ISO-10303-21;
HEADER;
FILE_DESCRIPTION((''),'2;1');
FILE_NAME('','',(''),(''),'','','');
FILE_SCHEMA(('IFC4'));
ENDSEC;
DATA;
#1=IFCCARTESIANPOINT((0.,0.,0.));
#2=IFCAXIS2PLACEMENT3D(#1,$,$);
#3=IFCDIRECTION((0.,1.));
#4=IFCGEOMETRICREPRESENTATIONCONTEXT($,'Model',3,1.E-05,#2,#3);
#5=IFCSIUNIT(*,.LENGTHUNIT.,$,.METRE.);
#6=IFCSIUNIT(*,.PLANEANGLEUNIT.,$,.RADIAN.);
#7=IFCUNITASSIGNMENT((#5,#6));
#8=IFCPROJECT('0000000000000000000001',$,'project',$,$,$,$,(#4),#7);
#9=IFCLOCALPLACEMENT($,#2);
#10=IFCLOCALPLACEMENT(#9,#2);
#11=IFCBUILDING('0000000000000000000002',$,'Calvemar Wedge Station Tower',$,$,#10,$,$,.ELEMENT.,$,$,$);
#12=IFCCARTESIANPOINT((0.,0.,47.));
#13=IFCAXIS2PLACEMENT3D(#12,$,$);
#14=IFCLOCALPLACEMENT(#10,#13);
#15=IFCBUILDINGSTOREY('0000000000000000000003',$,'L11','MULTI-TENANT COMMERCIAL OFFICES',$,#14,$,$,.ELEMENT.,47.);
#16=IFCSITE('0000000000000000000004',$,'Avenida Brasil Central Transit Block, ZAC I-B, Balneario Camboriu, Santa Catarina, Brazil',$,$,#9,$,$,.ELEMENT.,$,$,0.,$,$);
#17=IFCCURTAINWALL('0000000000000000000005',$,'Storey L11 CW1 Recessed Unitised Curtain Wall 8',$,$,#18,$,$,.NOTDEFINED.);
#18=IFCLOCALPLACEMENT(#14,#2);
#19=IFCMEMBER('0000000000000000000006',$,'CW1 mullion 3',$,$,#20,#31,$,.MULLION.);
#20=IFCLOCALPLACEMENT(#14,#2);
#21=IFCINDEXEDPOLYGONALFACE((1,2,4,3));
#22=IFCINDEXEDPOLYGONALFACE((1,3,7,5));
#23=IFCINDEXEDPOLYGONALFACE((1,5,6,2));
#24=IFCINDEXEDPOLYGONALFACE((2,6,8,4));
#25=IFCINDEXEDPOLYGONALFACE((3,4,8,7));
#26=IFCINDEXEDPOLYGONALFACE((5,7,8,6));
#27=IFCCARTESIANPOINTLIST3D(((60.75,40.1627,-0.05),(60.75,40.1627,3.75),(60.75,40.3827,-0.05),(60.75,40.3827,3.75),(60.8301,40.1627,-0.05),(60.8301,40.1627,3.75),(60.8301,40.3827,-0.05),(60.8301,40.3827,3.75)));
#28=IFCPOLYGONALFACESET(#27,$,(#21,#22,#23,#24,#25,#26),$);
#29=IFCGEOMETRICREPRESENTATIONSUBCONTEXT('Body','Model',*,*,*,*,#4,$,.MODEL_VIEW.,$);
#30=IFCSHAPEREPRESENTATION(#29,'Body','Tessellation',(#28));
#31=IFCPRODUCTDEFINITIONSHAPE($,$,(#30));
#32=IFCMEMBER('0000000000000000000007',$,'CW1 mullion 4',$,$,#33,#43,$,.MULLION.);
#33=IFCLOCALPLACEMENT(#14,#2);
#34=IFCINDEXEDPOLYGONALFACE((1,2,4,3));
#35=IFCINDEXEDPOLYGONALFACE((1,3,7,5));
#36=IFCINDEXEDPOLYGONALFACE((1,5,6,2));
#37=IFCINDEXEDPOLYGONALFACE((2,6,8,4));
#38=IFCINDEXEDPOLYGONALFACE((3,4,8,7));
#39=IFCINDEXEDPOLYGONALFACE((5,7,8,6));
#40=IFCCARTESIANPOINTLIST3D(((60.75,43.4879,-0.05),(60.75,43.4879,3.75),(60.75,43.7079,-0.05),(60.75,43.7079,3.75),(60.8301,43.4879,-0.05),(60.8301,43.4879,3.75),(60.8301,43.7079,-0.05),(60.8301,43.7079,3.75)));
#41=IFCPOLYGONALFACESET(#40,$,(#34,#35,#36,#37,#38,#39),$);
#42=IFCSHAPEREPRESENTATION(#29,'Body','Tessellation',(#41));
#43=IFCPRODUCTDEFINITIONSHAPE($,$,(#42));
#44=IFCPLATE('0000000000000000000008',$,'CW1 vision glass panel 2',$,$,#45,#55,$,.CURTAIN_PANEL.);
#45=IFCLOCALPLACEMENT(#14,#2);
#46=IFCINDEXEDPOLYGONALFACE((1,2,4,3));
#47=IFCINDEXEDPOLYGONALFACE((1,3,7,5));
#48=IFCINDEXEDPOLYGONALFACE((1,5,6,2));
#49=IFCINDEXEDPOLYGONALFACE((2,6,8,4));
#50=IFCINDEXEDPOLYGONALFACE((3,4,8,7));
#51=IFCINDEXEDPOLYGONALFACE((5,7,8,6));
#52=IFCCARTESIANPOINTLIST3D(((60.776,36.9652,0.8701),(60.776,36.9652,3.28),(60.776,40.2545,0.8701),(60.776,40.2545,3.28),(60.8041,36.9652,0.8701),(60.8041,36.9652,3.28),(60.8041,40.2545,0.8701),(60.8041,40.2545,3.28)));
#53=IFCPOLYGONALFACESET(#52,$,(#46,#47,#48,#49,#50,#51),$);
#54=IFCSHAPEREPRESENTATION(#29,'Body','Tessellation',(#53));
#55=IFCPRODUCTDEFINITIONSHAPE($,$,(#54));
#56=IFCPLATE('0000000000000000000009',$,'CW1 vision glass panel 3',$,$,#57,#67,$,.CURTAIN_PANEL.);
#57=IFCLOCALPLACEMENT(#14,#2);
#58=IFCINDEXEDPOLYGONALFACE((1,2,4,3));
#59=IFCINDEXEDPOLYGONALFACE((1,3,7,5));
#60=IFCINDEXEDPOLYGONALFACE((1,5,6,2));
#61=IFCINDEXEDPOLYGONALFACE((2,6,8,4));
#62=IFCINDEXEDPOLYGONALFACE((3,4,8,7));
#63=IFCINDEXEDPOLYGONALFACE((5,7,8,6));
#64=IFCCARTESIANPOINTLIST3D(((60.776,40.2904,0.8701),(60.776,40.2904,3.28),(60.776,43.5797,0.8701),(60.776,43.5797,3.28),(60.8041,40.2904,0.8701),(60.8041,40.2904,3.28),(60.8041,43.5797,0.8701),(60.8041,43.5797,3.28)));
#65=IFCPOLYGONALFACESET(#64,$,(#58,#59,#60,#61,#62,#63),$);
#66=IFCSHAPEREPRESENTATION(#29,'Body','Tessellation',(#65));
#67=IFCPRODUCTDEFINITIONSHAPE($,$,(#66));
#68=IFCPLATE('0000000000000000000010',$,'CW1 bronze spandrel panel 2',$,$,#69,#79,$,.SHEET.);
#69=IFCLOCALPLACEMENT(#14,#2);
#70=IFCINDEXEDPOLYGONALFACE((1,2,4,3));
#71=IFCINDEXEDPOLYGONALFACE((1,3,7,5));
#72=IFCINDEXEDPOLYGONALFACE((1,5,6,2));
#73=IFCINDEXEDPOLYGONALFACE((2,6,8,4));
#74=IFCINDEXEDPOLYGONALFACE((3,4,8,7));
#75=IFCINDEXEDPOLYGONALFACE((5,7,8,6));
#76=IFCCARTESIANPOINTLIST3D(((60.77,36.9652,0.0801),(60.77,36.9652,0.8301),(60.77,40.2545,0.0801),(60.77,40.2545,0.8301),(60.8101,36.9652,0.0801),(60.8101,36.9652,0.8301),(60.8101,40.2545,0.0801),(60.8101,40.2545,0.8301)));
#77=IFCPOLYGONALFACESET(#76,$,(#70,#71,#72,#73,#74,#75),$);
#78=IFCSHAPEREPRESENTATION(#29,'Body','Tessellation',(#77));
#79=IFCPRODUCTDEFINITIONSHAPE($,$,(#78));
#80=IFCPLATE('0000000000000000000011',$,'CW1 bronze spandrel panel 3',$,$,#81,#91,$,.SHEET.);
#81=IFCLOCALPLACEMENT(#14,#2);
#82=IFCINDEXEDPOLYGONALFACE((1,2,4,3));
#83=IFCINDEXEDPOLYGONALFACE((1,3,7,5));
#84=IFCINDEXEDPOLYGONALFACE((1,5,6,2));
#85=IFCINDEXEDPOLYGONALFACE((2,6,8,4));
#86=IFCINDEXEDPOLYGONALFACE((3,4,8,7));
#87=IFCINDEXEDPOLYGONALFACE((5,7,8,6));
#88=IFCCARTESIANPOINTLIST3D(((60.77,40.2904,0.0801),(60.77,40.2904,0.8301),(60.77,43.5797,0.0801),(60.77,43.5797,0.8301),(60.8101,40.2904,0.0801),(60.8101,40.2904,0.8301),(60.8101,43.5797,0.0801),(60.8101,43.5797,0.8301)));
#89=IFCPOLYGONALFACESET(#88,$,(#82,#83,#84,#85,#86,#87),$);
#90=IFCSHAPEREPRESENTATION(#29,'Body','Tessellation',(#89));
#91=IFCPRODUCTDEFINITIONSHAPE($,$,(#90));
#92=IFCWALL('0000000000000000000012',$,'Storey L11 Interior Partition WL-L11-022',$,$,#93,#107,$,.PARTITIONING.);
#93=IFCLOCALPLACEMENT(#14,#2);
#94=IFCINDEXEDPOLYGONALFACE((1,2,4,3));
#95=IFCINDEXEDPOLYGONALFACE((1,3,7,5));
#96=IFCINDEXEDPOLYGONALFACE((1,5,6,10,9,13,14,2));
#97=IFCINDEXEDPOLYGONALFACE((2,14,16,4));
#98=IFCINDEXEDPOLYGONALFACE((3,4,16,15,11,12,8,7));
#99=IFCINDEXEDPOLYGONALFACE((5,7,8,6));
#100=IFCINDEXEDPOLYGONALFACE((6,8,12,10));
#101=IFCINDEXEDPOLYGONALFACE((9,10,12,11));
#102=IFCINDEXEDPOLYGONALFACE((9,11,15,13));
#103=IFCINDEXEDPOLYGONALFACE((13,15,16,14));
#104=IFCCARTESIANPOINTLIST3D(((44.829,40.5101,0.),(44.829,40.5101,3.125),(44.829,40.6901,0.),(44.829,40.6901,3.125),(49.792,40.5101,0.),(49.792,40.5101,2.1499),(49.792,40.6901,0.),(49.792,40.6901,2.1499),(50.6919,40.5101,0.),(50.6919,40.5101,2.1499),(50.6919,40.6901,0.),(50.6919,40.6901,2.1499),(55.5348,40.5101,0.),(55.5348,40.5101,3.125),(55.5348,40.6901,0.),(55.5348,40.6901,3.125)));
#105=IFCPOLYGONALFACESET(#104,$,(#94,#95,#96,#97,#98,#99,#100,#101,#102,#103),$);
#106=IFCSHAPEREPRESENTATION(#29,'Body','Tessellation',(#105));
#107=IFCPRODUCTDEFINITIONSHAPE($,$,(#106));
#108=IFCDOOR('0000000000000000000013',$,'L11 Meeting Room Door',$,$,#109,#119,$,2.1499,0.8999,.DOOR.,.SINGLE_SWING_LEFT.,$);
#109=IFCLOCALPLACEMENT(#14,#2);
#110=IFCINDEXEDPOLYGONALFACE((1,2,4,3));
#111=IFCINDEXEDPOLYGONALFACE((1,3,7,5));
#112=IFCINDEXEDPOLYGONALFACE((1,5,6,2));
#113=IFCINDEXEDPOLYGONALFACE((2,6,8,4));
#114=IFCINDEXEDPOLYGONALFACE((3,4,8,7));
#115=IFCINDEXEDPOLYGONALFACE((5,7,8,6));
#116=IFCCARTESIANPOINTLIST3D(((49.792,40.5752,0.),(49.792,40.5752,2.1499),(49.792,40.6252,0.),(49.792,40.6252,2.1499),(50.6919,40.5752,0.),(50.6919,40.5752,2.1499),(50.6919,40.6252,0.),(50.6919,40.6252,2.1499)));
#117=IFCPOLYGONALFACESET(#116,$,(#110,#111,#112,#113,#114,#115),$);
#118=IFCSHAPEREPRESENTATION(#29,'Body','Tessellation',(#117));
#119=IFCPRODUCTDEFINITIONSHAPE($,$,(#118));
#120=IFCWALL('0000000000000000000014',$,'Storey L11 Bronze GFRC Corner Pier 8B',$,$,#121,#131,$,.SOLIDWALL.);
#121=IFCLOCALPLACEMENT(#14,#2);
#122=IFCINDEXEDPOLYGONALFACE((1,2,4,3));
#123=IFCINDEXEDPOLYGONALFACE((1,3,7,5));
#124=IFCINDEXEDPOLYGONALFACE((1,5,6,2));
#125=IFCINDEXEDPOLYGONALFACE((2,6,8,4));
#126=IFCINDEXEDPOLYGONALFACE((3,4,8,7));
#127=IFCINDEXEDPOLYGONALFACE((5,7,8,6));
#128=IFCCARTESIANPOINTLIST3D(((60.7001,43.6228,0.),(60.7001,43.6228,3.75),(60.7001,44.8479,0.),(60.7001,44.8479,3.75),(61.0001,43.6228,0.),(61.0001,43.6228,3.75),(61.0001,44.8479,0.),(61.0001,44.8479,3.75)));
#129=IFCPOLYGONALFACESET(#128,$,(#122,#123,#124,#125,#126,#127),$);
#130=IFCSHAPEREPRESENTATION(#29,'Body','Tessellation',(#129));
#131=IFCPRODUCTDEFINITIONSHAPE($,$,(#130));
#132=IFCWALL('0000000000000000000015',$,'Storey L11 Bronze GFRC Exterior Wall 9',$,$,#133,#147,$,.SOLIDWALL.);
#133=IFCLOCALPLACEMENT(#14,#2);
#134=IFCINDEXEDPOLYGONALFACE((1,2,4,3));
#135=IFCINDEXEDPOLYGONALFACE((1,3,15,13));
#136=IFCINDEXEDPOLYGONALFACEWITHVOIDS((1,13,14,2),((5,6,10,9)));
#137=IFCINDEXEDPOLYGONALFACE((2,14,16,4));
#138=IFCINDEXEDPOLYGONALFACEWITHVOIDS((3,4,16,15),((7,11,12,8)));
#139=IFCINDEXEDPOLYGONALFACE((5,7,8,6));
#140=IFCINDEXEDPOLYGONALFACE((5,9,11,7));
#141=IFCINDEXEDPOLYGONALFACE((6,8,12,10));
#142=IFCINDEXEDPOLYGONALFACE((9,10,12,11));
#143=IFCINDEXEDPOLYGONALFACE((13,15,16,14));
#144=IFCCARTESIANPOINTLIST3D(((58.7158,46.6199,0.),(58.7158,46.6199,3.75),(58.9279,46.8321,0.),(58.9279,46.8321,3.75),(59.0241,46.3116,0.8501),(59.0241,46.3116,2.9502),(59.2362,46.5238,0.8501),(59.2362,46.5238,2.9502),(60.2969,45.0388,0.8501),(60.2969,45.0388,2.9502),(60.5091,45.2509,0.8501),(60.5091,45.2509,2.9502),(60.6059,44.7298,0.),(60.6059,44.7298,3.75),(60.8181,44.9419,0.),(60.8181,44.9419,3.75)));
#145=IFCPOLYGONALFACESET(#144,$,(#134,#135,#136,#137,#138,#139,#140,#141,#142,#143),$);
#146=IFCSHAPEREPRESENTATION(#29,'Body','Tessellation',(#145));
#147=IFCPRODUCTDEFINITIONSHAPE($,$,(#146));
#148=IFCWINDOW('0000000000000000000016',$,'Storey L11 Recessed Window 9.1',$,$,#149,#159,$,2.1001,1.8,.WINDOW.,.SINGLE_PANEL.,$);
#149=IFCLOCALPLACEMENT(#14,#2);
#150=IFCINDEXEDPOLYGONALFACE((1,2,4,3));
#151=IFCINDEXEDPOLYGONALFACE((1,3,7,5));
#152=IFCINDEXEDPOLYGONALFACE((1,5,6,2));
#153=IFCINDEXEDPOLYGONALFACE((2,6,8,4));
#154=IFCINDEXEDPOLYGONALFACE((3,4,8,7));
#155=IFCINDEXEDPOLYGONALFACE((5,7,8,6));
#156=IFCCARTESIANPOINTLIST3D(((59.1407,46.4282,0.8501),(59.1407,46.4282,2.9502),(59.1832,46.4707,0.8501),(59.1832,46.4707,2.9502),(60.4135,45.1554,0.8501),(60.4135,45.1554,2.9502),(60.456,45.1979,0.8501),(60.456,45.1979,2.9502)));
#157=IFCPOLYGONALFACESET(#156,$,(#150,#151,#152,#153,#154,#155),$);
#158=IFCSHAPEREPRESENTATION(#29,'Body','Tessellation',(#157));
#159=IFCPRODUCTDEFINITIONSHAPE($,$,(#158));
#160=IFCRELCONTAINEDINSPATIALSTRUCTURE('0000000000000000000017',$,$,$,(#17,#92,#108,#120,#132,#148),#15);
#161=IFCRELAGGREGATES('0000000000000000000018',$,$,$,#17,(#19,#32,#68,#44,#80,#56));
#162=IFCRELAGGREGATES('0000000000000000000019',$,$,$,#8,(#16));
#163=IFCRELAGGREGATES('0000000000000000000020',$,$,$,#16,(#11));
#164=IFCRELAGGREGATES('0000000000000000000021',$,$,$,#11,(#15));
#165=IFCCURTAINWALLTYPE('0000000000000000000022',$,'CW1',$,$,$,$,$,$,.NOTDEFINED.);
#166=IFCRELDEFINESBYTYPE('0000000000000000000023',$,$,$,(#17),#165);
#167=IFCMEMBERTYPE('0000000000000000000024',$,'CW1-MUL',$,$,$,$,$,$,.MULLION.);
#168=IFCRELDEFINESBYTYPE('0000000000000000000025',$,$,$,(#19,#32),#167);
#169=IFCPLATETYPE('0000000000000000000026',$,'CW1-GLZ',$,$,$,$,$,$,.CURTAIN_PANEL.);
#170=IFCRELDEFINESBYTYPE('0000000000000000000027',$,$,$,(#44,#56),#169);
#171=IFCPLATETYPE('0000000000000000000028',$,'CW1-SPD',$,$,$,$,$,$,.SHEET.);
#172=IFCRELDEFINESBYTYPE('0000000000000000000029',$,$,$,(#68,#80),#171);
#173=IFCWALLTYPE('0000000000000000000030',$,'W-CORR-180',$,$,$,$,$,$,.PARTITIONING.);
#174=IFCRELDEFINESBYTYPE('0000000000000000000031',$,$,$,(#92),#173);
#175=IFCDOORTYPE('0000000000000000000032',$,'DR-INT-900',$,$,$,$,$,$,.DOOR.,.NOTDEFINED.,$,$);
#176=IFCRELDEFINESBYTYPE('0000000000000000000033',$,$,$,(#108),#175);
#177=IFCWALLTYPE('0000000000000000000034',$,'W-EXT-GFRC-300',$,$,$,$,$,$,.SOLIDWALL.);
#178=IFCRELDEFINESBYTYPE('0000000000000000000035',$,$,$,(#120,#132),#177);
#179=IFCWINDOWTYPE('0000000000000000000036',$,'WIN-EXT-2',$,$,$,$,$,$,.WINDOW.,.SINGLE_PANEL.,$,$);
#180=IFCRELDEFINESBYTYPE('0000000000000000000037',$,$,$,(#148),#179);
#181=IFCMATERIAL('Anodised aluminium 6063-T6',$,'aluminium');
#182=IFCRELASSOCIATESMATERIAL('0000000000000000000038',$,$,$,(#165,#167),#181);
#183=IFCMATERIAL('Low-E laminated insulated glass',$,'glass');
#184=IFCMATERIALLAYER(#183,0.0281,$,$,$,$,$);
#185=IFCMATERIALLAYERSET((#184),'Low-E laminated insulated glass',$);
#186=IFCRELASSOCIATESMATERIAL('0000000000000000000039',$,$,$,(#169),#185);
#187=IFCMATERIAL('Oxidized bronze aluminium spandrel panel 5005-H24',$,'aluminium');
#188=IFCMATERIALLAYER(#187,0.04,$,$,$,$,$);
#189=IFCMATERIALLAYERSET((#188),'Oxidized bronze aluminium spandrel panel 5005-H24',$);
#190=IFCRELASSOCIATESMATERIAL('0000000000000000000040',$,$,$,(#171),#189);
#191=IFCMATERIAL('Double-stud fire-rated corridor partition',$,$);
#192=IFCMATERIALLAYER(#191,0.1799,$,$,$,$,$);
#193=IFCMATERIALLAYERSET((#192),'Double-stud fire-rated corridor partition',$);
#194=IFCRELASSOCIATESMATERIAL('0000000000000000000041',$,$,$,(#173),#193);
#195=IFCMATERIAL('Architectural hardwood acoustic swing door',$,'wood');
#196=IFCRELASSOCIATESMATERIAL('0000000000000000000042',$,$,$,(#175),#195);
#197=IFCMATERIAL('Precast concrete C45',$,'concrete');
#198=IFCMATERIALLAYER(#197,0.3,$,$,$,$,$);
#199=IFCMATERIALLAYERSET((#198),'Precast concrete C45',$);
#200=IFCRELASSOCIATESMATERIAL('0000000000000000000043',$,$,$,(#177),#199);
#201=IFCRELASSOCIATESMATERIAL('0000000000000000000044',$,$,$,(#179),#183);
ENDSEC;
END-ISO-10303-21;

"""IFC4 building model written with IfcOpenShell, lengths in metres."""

from ifc_helpers import new_model, si_unit, direction, frame, frame_2d, origin, origin_2d, place, context, subcontext, project, spatial, rectangle, extrude, source, transform, mapped, material, layer, layer_set, material_profile, profile_set, type_object, element, fill, aggregate, save


model = new_model("IFC4")

# Units and contexts
model_context = context("Model", 3, precision=1e-05, world=origin(), true_north=direction((0.0, 1.0)))
body_context = subcontext(model_context, "Body", "Model", "MODEL_VIEW")
ifc_project = project(units=[si_unit("LENGTHUNIT", "METRE"), si_unit("PLANEANGLEUNIT", "RADIAN")], contexts=[model_context])

# Site, building, storey
site_placement = place(None, origin())
site = spatial("IfcSite", under=ifc_project, at=site_placement, Name="Avenida Brasil Central Transit Block, ZAC I-B, Balneario Camboriu, Santa Catarina, Brazil", CompositionType="ELEMENT", RefElevation=0.0)
building_placement = place(site_placement, origin())
building = spatial("IfcBuilding", under=site, at=building_placement, Name="Calvemar Wedge Station Tower", CompositionType="ELEMENT")
storey_placement = place(building_placement, frame((0.0, 0.0, 47.0)))
storey = spatial("IfcBuildingStorey", under=building, at=storey_placement, Name="L11", Description="MULTI-TENANT COMMERCIAL OFFICES", CompositionType="ELEMENT", Elevation=47.0)

# Curtain wall, members, plates
ifc_material_1 = material(Name="Anodised aluminium 6063-T6", Category="aluminium")
curtain_wall_type = type_object("IfcCurtainWallType", Name="CW1", PredefinedType="NOTDEFINED", material=ifc_material_1)
curtain_wall_placement = place(storey_placement, origin())
curtain_wall = element("IfcCurtainWall", 1, at=curtain_wall_placement, inside=storey, type_object=curtain_wall_type, Name="Storey L11 CW1 Recessed Unitised Curtain Wall 8", PredefinedType="NOTDEFINED")
ifc_material_profile = material_profile(ifc_material_1, rectangle(XDim=0.0801, YDim=0.22, at=origin_2d()), Name="AL-MUL-80x220")
ifc_profile_set = profile_set([ifc_material_profile], Name="Anodised aluminium 6063-T6")
member_type = type_object("IfcMemberType", Name="CW1-MUL", PredefinedType="MULLION", material=ifc_profile_set)
shared_shape_1 = source(origin(), body_context, "Body", "SweptSolid", [
    extrude(rectangle(XDim=0.0801, YDim=0.22, at=origin_2d()), origin(), (0.0, 0.0, 1.0), 3.8),
])
member_1_placement = place(storey_placement, frame((60.79, 40.2727, -0.05), z_axis=(0.0, 0.0, 1.0), x_axis=(1.0, 0.0, 0.0)))
member_1 = element("IfcMember", 2, at=member_1_placement, type_object=member_type, Name="CW1 mullion 3", PredefinedType="MULLION", context=body_context, shape_type="MappedRepresentation", body=[
    mapped(shared_shape_1, transform((0.0, 0.0, 0.0), scale=1.0)),
])
member_2_placement = place(storey_placement, frame((60.79, 43.5979, -0.05), z_axis=(0.0, 0.0, 1.0), x_axis=(1.0, 0.0, 0.0)))
member_2 = element("IfcMember", 3, at=member_2_placement, type_object=member_type, Name="CW1 mullion 4", PredefinedType="MULLION", context=body_context, shape_type="MappedRepresentation", body=[
    mapped(shared_shape_1, transform((0.0, 0.0, 0.0), scale=1.0)),
])
ifc_material_2 = material(Name="Low-E laminated insulated glass", Category="glass")
ifc_layer_1 = layer(ifc_material_2, 0.0281)
ifc_layer_set_1 = layer_set([ifc_layer_1], Name="Low-E laminated insulated glass")
plate_type_1 = type_object("IfcPlateType", Name="CW1-GLZ", PredefinedType="CURTAIN_PANEL", material=ifc_layer_set_1)
plate_1_placement = place(storey_placement, frame((60.79, 36.9653, 0.8701), z_axis=(0.0, 0.0, 1.0), x_axis=(0.0, 1.0, 0.0)))
plate_1 = element("IfcPlate", 4, at=plate_1_placement, type_object=plate_type_1, Name="CW1 vision glass panel 2", PredefinedType="CURTAIN_PANEL", context=body_context, shape_type="SweptSolid", body=[
    extrude(rectangle(XDim=3.2893, YDim=0.0281, at=frame_2d((1.6445, 0.0))), origin(), (0.0, 0.0, 1.0), 2.4099),
])
plate_2_placement = place(storey_placement, frame((60.79, 40.2905, 0.8701), z_axis=(0.0, 0.0, 1.0), x_axis=(0.0, 1.0, 0.0)))
plate_2 = element("IfcPlate", 5, at=plate_2_placement, type_object=plate_type_1, Name="CW1 vision glass panel 3", PredefinedType="CURTAIN_PANEL", context=body_context, shape_type="SweptSolid", body=[
    extrude(rectangle(XDim=3.2893, YDim=0.0281, at=frame_2d((1.6445, 0.0))), origin(), (0.0, 0.0, 1.0), 2.4099),
])
ifc_material_3 = material(Name="Oxidized bronze aluminium spandrel panel 5005-H24", Category="aluminium")
ifc_layer_2 = layer(ifc_material_3, 0.04)
ifc_layer_set_2 = layer_set([ifc_layer_2], Name="Oxidized bronze aluminium spandrel panel 5005-H24")
plate_type_2 = type_object("IfcPlateType", Name="CW1-SPD", PredefinedType="SHEET", material=ifc_layer_set_2)
plate_3_placement = place(storey_placement, frame((60.79, 36.9653, 0.0801), z_axis=(0.0, 0.0, 1.0), x_axis=(0.0, 1.0, 0.0)))
plate_3 = element("IfcPlate", 6, at=plate_3_placement, type_object=plate_type_2, Name="CW1 bronze spandrel panel 2", PredefinedType="SHEET", context=body_context, shape_type="SweptSolid", body=[
    extrude(rectangle(XDim=3.2893, YDim=0.04, at=frame_2d((1.6445, 0.0))), origin(), (0.0, 0.0, 1.0), 0.75),
])
plate_4_placement = place(storey_placement, frame((60.79, 40.2905, 0.0801), z_axis=(0.0, 0.0, 1.0), x_axis=(0.0, 1.0, 0.0)))
plate_4 = element("IfcPlate", 7, at=plate_4_placement, type_object=plate_type_2, Name="CW1 bronze spandrel panel 3", PredefinedType="SHEET", context=body_context, shape_type="SweptSolid", body=[
    extrude(rectangle(XDim=3.2893, YDim=0.04, at=frame_2d((1.6445, 0.0))), origin(), (0.0, 0.0, 1.0), 0.75),
])
aggregate(curtain_wall, [member_1, member_2, plate_3, plate_1, plate_4, plate_2])

# Wall, opening, door
ifc_material_4 = material(Name="Double-stud fire-rated corridor partition")
ifc_layer_3 = layer(ifc_material_4, 0.1799)
ifc_layer_set_3 = layer_set([ifc_layer_3], Name="Double-stud fire-rated corridor partition")
wall_type_1 = type_object("IfcWallType", Name="W-CORR-180", PredefinedType="PARTITIONING", material=ifc_layer_set_3)
wall_1_placement = place(storey_placement, frame((55.5349, 40.6001, 0.0), z_axis=(0.0, 0.0, 1.0), x_axis=(-1.0, 0.0, 0.0)))
wall_1 = element("IfcWall", 8, at=wall_1_placement, inside=storey, type_object=wall_type_1, Name="Storey L11 Interior Partition WL-L11-022", PredefinedType="PARTITIONING", context=body_context, shape_type="SweptSolid", body=[
    extrude(rectangle(XDim=10.7058, YDim=0.1799, at=frame_2d((5.353, 0.0))), origin(), (0.0, 0.0, 1.0), 3.125),
])
shared_shape_2 = source(origin(), body_context, "Body", "SweptSolid", [
    extrude(rectangle(XDim=0.8999, YDim=2.1499, at=frame_2d((0.45, 1.075))), frame((0.0, 0.1001, 0.0), z_axis=(0.0, -1.0, 0.0), x_axis=(1.0, 0.0, 0.0)), (0.0, 0.0, 1.0), 0.2),
])
opening_1_placement = place(wall_1_placement, frame((4.843, 0.0, 0.0)))
opening_1 = element("IfcOpeningElement", 9, at=opening_1_placement, cuts=wall_1, PredefinedType="OPENING", context=body_context, shape_type="MappedRepresentation", body=[
    mapped(shared_shape_2, transform((0.0, 0.0, 0.0), scale=1.0)),
])
ifc_material_5 = material(Name="Architectural hardwood acoustic swing door", Category="wood")
door_type = type_object("IfcDoorType", Name="DR-INT-900", OperationType="NOTDEFINED", PredefinedType="DOOR", material=ifc_material_5)
shared_shape_3 = source(origin(), body_context, "Body", "SweptSolid", [
    extrude(rectangle(XDim=0.8999, YDim=2.1499, at=frame_2d((0.45, 1.075))), frame((0.0, 0.0249, 0.0), z_axis=(0.0, -1.0, 0.0), x_axis=(1.0, 0.0, 0.0)), (0.0, 0.0, 1.0), 0.05),
])
door_1_placement = place(opening_1_placement, origin())
door_1 = element("IfcDoor", 10, at=door_1_placement, inside=storey, type_object=door_type, Name="L11 Meeting Room Door", OperationType="SINGLE_SWING_LEFT", OverallHeight=2.1499, OverallWidth=0.8999, PredefinedType="DOOR", context=body_context, shape_type="MappedRepresentation", body=[
    mapped(shared_shape_3, transform((0.0, 0.0, 0.0), scale=1.0)),
])
fill(opening_1, door_1)

# Wall
ifc_material_6 = material(Name="Precast concrete C45", Category="concrete")
ifc_layer_4 = layer(ifc_material_6, 0.3)
ifc_layer_set_4 = layer_set([ifc_layer_4], Name="Precast concrete C45")
wall_type_2 = type_object("IfcWallType", Name="W-EXT-GFRC-300", PredefinedType="SOLIDWALL", material=ifc_layer_set_4)
wall_2_placement = place(storey_placement, frame((60.8501, 43.6228, 0.0), z_axis=(0.0, 0.0, 1.0), x_axis=(0.0, 1.0, 0.0)))
element("IfcWall", 11, at=wall_2_placement, inside=storey, type_object=wall_type_2, Name="Storey L11 Bronze GFRC Corner Pier 8B", PredefinedType="SOLIDWALL", context=body_context, shape_type="SweptSolid", body=[
    extrude(rectangle(XDim=1.2251, YDim=0.3, at=frame_2d((0.6125, 0.0))), origin(), (0.0, 0.0, 1.0), 3.75),
])

# Wall, opening, window
wall_3_placement = place(storey_placement, frame((60.7119, 44.8359, 0.0), z_axis=(0.0, 0.0, 1.0), x_axis=(-0.707107, 0.707107, 0.0)))
wall_3 = element("IfcWall", 12, at=wall_3_placement, inside=storey, type_object=wall_type_2, Name="Storey L11 Bronze GFRC Exterior Wall 9", PredefinedType="SOLIDWALL", context=body_context, shape_type="SweptSolid", body=[
    extrude(rectangle(XDim=2.6731, YDim=0.3, at=frame_2d((1.3364, 0.0))), origin(), (0.0, 0.0, 1.0), 3.75),
])
shared_shape_4 = source(origin(), body_context, "Body", "SweptSolid", [
    extrude(rectangle(XDim=1.8, YDim=2.1001, at=frame_2d((0.8999, 1.05))), frame((0.0, 0.1602, 0.0), z_axis=(0.0, -1.0, 0.0), x_axis=(1.0, 0.0, 0.0)), (0.0, 0.0, 1.0), 0.3201),
])
opening_2_placement = place(wall_3_placement, frame((0.437, 0.0, 0.8501)))
opening_2 = element("IfcOpeningElement", 13, at=opening_2_placement, cuts=wall_3, PredefinedType="OPENING", context=body_context, shape_type="MappedRepresentation", body=[
    mapped(shared_shape_4, transform((0.0, 0.0, 0.0), scale=1.0)),
])
window_type_1 = type_object("IfcWindowType", Name="WIN-EXT-2", PartitioningType="SINGLE_PANEL", PredefinedType="WINDOW", material=ifc_material_2)
shared_shape_5 = source(origin(), body_context, "Body", "SweptSolid", [
    extrude(rectangle(XDim=1.8, YDim=2.1001, at=frame_2d((0.8999, 1.05))), frame((0.0, -0.0149, 0.0), z_axis=(0.0, -1.0, 0.0), x_axis=(1.0, 0.0, 0.0)), (0.0, 0.0, 1.0), 0.0601),
])
window_1_placement = place(opening_2_placement, origin())
window_1 = element("IfcWindow", 14, at=window_1_placement, inside=storey, type_object=window_type_1, Name="Storey L11 Recessed Window 9.1", OverallHeight=2.1001, OverallWidth=1.8, PartitioningType="SINGLE_PANEL", PredefinedType="WINDOW", context=body_context, shape_type="MappedRepresentation", body=[
    mapped(shared_shape_5, transform((0.0, 0.0, 0.0), scale=1.0)),
])
fill(opening_2, window_1)

save(model, "model.ifc")
